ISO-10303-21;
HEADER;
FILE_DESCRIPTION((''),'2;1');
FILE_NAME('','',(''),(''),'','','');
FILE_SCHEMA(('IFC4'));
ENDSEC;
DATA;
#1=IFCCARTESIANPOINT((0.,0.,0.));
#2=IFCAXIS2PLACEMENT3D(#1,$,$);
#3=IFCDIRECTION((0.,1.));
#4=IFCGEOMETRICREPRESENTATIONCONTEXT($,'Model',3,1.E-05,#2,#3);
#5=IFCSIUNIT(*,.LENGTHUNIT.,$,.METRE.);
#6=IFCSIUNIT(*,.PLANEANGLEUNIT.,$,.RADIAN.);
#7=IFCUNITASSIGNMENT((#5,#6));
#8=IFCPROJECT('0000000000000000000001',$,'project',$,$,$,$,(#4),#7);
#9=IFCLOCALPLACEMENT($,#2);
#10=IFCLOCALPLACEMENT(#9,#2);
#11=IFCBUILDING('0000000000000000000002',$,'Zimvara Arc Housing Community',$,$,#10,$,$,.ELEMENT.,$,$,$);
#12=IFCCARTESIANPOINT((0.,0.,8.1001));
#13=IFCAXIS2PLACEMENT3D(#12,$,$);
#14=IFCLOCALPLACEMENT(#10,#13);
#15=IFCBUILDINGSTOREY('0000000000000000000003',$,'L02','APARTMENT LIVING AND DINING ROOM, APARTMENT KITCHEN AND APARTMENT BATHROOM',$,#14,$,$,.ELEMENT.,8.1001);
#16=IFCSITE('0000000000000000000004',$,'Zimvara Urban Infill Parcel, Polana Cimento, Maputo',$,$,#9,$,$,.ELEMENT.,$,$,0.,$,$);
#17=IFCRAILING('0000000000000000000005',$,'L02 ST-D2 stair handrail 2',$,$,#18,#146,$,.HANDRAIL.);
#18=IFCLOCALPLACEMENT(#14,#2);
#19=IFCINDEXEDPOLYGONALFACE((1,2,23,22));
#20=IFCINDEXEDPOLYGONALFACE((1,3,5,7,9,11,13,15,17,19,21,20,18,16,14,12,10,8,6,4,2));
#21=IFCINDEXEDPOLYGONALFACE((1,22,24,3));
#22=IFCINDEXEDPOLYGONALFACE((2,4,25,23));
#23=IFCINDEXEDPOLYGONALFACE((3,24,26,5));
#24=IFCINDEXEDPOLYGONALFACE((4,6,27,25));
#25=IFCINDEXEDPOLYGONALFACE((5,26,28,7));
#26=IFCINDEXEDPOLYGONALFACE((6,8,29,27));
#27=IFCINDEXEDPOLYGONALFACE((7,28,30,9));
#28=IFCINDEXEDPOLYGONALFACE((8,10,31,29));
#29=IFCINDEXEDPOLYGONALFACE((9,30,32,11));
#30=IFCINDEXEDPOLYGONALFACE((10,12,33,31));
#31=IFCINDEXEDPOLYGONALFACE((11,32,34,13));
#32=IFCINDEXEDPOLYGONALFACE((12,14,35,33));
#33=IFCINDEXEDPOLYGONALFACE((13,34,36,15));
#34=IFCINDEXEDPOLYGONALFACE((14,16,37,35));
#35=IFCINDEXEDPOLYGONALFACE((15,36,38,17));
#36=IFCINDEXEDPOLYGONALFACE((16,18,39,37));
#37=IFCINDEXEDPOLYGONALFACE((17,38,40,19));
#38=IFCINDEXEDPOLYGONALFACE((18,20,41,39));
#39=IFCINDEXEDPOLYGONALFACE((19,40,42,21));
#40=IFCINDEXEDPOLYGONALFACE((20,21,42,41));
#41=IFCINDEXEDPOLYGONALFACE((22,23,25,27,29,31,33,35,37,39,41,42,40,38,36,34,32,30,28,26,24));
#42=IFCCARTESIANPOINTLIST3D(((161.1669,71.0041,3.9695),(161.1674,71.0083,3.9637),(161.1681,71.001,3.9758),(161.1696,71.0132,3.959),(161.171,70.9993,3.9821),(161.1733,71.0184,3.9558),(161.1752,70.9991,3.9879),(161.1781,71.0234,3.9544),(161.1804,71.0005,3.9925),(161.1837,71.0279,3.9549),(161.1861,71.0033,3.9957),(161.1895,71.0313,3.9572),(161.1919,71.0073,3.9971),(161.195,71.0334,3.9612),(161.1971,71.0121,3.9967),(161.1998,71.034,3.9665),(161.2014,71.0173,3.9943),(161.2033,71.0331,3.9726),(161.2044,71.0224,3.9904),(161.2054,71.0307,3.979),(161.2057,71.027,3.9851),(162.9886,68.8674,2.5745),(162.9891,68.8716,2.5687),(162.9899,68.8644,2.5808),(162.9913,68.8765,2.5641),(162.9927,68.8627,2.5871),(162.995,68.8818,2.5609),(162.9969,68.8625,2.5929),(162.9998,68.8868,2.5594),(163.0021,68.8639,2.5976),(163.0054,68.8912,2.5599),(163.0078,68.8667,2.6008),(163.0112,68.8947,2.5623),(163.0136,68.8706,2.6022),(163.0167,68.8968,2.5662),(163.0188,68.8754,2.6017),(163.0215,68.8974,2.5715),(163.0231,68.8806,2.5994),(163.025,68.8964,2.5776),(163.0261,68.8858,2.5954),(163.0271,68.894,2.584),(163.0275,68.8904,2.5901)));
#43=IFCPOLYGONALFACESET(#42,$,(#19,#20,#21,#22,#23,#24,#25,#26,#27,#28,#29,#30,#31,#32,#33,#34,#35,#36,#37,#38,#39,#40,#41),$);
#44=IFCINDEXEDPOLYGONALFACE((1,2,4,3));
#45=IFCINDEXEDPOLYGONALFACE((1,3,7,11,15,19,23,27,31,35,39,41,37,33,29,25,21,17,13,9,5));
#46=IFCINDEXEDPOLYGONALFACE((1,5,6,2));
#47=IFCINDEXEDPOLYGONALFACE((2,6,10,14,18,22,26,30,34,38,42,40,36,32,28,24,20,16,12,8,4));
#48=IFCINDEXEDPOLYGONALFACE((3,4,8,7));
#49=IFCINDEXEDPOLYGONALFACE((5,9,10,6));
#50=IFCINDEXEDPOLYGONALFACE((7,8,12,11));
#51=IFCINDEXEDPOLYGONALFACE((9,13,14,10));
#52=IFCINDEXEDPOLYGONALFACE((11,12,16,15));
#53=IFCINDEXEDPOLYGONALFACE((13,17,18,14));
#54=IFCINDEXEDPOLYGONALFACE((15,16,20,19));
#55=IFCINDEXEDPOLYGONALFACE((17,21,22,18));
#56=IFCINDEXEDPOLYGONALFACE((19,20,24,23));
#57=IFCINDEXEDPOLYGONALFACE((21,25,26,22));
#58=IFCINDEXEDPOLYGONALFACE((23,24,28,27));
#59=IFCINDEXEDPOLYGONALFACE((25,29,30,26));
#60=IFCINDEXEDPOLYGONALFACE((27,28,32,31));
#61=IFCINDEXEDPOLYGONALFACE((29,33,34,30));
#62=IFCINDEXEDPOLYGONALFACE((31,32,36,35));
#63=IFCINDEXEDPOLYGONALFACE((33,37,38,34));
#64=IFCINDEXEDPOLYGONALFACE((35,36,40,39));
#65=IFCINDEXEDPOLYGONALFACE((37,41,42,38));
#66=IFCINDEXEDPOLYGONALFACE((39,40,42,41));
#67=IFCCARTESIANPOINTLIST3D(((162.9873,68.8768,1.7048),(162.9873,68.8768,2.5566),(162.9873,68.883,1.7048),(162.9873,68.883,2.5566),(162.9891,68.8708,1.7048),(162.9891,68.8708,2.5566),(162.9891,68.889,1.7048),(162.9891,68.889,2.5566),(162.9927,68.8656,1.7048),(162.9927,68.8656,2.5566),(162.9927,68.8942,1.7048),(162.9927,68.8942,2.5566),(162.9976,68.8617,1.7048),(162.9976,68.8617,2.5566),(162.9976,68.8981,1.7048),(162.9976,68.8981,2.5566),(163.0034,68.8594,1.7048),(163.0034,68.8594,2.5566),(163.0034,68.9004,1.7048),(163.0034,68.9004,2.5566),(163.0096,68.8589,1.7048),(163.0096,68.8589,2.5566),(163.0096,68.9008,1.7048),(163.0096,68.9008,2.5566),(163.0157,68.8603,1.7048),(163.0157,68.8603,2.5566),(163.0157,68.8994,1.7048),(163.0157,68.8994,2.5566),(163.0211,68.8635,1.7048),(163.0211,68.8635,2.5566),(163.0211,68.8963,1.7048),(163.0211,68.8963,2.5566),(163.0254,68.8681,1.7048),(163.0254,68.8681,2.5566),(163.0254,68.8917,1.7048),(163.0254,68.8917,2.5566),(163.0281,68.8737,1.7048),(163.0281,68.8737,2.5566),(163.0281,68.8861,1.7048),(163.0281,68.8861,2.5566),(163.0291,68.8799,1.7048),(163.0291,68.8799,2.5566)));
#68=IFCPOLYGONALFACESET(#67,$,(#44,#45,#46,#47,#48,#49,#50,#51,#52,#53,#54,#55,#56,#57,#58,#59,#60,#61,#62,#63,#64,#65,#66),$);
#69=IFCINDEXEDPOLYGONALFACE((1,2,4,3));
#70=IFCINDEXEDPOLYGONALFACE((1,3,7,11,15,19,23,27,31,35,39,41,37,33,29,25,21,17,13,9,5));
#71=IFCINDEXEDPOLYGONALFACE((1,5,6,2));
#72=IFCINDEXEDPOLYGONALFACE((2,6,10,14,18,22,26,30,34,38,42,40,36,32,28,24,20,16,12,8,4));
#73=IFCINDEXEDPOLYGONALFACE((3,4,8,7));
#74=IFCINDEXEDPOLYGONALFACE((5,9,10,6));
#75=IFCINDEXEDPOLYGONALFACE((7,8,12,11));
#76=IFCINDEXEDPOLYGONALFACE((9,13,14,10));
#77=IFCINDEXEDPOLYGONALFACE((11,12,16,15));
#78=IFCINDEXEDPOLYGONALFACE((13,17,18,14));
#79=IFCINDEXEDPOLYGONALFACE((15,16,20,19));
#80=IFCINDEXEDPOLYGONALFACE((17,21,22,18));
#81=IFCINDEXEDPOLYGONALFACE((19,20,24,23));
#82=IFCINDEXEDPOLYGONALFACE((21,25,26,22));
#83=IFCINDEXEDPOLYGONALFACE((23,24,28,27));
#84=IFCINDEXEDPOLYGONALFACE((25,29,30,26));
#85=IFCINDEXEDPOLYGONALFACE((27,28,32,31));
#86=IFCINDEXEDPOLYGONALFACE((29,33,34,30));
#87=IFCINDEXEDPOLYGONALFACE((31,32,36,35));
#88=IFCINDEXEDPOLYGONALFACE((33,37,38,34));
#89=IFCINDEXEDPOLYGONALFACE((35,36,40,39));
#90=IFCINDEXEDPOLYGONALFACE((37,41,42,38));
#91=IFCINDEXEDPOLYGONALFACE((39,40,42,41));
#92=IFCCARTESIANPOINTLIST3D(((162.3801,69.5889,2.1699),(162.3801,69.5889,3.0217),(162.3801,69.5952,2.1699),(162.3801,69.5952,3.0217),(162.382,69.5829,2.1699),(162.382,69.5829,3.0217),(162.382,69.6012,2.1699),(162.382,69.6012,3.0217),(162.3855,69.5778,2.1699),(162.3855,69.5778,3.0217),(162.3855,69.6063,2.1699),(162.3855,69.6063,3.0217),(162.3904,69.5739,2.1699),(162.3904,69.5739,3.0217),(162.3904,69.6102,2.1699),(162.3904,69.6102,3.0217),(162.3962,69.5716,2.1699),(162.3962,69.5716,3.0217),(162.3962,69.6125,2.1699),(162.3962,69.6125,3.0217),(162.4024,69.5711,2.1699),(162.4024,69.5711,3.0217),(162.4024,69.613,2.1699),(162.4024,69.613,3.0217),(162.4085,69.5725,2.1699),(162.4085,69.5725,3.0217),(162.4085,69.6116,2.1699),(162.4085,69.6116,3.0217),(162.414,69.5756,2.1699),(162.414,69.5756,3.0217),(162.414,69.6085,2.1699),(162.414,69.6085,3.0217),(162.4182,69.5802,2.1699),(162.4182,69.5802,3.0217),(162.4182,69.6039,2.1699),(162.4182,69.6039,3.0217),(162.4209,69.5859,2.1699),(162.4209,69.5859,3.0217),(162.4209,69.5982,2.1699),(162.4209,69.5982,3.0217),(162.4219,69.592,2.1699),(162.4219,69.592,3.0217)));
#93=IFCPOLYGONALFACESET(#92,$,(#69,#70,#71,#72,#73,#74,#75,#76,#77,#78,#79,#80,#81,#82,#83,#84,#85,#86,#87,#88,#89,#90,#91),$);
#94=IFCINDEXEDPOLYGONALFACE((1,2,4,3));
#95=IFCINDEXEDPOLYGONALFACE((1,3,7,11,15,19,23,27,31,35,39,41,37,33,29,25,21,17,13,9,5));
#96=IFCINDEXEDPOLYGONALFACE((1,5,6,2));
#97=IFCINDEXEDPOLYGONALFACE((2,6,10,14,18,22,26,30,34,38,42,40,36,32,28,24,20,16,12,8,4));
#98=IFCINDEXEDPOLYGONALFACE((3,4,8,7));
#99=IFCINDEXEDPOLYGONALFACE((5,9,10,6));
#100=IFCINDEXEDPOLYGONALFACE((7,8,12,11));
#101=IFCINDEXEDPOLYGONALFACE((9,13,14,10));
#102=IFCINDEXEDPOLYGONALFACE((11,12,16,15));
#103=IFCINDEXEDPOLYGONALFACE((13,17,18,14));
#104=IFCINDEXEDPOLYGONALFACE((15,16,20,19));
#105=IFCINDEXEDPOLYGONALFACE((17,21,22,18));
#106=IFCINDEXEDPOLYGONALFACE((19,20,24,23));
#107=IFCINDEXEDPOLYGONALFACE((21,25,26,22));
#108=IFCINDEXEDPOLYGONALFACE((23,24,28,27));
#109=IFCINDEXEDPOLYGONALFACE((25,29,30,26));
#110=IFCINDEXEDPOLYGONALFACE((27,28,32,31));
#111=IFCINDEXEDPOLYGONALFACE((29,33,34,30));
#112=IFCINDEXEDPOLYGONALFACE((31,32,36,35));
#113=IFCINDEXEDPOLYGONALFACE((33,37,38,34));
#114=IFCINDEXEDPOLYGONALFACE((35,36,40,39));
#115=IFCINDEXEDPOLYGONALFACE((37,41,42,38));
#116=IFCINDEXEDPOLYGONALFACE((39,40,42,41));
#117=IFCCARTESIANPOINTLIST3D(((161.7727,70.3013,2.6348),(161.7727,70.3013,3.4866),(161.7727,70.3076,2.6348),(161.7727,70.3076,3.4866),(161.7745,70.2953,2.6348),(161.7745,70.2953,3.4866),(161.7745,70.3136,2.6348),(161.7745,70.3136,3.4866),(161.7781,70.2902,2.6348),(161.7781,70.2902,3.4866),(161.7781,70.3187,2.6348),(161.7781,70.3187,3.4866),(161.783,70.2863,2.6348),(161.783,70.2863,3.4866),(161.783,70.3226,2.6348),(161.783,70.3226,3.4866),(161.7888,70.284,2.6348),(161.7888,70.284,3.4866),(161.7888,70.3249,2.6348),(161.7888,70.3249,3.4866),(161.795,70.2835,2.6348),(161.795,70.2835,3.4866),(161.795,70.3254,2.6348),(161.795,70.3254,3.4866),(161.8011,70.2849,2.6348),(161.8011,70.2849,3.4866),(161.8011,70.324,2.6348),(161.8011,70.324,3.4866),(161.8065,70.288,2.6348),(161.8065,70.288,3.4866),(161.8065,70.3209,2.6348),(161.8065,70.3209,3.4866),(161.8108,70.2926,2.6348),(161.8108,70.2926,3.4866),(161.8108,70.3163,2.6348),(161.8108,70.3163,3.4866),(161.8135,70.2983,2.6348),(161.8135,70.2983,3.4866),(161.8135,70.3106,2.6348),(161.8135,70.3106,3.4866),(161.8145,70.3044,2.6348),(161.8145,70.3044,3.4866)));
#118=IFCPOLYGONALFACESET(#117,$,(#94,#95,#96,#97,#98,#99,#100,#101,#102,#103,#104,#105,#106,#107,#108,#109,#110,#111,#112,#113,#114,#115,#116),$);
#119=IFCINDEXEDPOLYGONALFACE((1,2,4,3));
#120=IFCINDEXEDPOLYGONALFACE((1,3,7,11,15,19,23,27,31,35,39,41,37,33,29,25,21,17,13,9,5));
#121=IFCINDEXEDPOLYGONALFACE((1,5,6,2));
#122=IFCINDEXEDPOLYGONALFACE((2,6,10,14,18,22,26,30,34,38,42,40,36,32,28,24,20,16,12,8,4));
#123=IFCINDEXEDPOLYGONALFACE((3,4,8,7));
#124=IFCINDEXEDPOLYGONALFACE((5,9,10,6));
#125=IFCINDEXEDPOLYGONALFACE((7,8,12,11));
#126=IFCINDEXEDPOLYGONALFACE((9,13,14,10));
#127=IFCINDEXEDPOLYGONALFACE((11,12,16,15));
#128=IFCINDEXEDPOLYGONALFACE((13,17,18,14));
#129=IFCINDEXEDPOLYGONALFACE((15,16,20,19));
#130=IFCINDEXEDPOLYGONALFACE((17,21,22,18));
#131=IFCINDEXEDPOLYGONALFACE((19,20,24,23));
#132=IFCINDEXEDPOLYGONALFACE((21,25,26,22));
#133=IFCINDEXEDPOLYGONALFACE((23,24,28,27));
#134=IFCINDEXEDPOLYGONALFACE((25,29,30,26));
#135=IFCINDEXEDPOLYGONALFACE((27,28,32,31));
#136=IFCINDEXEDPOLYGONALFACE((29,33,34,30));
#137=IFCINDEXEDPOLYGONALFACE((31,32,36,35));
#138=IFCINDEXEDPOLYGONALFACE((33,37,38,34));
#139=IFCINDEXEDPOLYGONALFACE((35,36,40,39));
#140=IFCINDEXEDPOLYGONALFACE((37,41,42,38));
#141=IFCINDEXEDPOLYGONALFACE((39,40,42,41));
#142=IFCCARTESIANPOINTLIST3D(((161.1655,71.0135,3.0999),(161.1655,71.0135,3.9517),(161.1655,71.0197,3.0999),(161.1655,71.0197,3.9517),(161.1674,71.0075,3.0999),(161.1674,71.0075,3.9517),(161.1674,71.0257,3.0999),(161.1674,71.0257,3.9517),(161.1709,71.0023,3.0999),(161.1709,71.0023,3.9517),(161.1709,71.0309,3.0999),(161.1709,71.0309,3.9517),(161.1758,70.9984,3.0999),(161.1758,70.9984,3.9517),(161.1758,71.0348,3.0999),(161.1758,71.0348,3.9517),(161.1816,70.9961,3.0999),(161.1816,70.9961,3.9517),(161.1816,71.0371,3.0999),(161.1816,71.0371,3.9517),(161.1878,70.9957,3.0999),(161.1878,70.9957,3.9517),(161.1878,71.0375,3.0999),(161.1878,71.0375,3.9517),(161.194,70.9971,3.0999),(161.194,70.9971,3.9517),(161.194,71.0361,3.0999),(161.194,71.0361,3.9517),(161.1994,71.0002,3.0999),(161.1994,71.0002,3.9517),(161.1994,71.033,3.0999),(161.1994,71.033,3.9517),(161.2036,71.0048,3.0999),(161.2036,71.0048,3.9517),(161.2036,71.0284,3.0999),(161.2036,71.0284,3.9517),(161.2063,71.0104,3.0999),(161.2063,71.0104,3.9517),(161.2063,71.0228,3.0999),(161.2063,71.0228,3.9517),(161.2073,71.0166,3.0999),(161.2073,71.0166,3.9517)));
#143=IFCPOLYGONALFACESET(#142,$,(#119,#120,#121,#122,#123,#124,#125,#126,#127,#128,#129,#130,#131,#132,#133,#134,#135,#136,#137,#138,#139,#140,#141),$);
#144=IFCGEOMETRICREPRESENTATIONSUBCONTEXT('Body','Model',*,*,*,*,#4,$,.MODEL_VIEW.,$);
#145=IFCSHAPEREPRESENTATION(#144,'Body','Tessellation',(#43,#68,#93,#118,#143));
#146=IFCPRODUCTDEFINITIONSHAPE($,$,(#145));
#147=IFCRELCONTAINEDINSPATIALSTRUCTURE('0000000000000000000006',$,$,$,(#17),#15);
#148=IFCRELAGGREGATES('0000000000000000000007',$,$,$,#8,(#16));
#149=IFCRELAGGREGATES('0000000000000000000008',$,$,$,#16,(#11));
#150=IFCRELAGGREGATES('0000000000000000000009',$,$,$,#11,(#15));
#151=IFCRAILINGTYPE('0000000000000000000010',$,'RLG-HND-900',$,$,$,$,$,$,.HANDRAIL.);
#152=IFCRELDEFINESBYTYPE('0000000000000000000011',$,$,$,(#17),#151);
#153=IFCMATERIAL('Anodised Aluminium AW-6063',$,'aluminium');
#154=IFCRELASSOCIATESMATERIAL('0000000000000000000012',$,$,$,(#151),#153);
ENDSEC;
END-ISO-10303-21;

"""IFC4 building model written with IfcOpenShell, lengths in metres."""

from ifc_helpers import new_model, si_unit, direction, frame, origin, origin_2d, place, context, subcontext, project, spatial, circle, extrude, material, type_object, element, save


model = new_model("IFC4")

# Units and contexts
model_context = context("Model", 3, precision=1e-05, world=origin(), true_north=direction((0.0, 1.0)))
body_context = subcontext(model_context, "Body", "Model", "MODEL_VIEW")
ifc_project = project(units=[si_unit("LENGTHUNIT", "METRE"), si_unit("PLANEANGLEUNIT", "RADIAN")], contexts=[model_context])

# Site, building, storey
site_placement = place(None, origin())
site = spatial("IfcSite", under=ifc_project, at=site_placement, Name="Zimvara Urban Infill Parcel, Polana Cimento, Maputo", CompositionType="ELEMENT", RefElevation=0.0)
building_placement = place(site_placement, origin())
building = spatial("IfcBuilding", under=site, at=building_placement, Name="Zimvara Arc Housing Community", CompositionType="ELEMENT")
storey_placement = place(building_placement, frame((0.0, 0.0, 8.1001)))
storey = spatial("IfcBuildingStorey", under=building, at=storey_placement, Name="L02", Description="APARTMENT LIVING AND DINING ROOM, APARTMENT KITCHEN AND APARTMENT BATHROOM", CompositionType="ELEMENT", Elevation=8.1001)

# Railing
ifc_material_1 = material(Name="Anodised Aluminium AW-6063", Category="aluminium")
railing_type_1 = type_object("IfcRailingType", Name="RLG-HND-900", PredefinedType="HANDRAIL", material=ifc_material_1)
railing_1_placement = place(storey_placement, frame((163.0081, 68.8799, 1.7048)))
element("IfcRailing", 1, at=railing_1_placement, inside=storey, type_object=railing_type_1, Name="L02 ST-D2 stair handrail 2", PredefinedType="HANDRAIL", context=body_context, shape_type="SweptSolid", body=[
    extrude(circle(Radius=0.0239, at=origin_2d()), frame((0.0, 0.0, 0.876), z_axis=(-0.581041, 0.681489, 0.44493), x_axis=(-0.76096, -0.648799, 0.0)), (0.0, 0.0, 1.0), 3.1353),
    extrude(circle(Radius=0.021, at=origin_2d()), origin(), (0.0, 0.0, 1.0), 0.8518),
    extrude(circle(Radius=0.021, at=origin_2d()), frame((-0.6072, 0.7122, 0.4651)), (0.0, 0.0, 1.0), 0.8518),
    extrude(circle(Radius=0.021, at=origin_2d()), frame((-1.2146, 1.4246, 0.9299)), (0.0, 0.0, 1.0), 0.8518),
    extrude(circle(Radius=0.021, at=origin_2d()), frame((-1.8218, 2.1367, 1.395)), (0.0, 0.0, 1.0), 0.8518),
])

save(model, "model.ifc")
